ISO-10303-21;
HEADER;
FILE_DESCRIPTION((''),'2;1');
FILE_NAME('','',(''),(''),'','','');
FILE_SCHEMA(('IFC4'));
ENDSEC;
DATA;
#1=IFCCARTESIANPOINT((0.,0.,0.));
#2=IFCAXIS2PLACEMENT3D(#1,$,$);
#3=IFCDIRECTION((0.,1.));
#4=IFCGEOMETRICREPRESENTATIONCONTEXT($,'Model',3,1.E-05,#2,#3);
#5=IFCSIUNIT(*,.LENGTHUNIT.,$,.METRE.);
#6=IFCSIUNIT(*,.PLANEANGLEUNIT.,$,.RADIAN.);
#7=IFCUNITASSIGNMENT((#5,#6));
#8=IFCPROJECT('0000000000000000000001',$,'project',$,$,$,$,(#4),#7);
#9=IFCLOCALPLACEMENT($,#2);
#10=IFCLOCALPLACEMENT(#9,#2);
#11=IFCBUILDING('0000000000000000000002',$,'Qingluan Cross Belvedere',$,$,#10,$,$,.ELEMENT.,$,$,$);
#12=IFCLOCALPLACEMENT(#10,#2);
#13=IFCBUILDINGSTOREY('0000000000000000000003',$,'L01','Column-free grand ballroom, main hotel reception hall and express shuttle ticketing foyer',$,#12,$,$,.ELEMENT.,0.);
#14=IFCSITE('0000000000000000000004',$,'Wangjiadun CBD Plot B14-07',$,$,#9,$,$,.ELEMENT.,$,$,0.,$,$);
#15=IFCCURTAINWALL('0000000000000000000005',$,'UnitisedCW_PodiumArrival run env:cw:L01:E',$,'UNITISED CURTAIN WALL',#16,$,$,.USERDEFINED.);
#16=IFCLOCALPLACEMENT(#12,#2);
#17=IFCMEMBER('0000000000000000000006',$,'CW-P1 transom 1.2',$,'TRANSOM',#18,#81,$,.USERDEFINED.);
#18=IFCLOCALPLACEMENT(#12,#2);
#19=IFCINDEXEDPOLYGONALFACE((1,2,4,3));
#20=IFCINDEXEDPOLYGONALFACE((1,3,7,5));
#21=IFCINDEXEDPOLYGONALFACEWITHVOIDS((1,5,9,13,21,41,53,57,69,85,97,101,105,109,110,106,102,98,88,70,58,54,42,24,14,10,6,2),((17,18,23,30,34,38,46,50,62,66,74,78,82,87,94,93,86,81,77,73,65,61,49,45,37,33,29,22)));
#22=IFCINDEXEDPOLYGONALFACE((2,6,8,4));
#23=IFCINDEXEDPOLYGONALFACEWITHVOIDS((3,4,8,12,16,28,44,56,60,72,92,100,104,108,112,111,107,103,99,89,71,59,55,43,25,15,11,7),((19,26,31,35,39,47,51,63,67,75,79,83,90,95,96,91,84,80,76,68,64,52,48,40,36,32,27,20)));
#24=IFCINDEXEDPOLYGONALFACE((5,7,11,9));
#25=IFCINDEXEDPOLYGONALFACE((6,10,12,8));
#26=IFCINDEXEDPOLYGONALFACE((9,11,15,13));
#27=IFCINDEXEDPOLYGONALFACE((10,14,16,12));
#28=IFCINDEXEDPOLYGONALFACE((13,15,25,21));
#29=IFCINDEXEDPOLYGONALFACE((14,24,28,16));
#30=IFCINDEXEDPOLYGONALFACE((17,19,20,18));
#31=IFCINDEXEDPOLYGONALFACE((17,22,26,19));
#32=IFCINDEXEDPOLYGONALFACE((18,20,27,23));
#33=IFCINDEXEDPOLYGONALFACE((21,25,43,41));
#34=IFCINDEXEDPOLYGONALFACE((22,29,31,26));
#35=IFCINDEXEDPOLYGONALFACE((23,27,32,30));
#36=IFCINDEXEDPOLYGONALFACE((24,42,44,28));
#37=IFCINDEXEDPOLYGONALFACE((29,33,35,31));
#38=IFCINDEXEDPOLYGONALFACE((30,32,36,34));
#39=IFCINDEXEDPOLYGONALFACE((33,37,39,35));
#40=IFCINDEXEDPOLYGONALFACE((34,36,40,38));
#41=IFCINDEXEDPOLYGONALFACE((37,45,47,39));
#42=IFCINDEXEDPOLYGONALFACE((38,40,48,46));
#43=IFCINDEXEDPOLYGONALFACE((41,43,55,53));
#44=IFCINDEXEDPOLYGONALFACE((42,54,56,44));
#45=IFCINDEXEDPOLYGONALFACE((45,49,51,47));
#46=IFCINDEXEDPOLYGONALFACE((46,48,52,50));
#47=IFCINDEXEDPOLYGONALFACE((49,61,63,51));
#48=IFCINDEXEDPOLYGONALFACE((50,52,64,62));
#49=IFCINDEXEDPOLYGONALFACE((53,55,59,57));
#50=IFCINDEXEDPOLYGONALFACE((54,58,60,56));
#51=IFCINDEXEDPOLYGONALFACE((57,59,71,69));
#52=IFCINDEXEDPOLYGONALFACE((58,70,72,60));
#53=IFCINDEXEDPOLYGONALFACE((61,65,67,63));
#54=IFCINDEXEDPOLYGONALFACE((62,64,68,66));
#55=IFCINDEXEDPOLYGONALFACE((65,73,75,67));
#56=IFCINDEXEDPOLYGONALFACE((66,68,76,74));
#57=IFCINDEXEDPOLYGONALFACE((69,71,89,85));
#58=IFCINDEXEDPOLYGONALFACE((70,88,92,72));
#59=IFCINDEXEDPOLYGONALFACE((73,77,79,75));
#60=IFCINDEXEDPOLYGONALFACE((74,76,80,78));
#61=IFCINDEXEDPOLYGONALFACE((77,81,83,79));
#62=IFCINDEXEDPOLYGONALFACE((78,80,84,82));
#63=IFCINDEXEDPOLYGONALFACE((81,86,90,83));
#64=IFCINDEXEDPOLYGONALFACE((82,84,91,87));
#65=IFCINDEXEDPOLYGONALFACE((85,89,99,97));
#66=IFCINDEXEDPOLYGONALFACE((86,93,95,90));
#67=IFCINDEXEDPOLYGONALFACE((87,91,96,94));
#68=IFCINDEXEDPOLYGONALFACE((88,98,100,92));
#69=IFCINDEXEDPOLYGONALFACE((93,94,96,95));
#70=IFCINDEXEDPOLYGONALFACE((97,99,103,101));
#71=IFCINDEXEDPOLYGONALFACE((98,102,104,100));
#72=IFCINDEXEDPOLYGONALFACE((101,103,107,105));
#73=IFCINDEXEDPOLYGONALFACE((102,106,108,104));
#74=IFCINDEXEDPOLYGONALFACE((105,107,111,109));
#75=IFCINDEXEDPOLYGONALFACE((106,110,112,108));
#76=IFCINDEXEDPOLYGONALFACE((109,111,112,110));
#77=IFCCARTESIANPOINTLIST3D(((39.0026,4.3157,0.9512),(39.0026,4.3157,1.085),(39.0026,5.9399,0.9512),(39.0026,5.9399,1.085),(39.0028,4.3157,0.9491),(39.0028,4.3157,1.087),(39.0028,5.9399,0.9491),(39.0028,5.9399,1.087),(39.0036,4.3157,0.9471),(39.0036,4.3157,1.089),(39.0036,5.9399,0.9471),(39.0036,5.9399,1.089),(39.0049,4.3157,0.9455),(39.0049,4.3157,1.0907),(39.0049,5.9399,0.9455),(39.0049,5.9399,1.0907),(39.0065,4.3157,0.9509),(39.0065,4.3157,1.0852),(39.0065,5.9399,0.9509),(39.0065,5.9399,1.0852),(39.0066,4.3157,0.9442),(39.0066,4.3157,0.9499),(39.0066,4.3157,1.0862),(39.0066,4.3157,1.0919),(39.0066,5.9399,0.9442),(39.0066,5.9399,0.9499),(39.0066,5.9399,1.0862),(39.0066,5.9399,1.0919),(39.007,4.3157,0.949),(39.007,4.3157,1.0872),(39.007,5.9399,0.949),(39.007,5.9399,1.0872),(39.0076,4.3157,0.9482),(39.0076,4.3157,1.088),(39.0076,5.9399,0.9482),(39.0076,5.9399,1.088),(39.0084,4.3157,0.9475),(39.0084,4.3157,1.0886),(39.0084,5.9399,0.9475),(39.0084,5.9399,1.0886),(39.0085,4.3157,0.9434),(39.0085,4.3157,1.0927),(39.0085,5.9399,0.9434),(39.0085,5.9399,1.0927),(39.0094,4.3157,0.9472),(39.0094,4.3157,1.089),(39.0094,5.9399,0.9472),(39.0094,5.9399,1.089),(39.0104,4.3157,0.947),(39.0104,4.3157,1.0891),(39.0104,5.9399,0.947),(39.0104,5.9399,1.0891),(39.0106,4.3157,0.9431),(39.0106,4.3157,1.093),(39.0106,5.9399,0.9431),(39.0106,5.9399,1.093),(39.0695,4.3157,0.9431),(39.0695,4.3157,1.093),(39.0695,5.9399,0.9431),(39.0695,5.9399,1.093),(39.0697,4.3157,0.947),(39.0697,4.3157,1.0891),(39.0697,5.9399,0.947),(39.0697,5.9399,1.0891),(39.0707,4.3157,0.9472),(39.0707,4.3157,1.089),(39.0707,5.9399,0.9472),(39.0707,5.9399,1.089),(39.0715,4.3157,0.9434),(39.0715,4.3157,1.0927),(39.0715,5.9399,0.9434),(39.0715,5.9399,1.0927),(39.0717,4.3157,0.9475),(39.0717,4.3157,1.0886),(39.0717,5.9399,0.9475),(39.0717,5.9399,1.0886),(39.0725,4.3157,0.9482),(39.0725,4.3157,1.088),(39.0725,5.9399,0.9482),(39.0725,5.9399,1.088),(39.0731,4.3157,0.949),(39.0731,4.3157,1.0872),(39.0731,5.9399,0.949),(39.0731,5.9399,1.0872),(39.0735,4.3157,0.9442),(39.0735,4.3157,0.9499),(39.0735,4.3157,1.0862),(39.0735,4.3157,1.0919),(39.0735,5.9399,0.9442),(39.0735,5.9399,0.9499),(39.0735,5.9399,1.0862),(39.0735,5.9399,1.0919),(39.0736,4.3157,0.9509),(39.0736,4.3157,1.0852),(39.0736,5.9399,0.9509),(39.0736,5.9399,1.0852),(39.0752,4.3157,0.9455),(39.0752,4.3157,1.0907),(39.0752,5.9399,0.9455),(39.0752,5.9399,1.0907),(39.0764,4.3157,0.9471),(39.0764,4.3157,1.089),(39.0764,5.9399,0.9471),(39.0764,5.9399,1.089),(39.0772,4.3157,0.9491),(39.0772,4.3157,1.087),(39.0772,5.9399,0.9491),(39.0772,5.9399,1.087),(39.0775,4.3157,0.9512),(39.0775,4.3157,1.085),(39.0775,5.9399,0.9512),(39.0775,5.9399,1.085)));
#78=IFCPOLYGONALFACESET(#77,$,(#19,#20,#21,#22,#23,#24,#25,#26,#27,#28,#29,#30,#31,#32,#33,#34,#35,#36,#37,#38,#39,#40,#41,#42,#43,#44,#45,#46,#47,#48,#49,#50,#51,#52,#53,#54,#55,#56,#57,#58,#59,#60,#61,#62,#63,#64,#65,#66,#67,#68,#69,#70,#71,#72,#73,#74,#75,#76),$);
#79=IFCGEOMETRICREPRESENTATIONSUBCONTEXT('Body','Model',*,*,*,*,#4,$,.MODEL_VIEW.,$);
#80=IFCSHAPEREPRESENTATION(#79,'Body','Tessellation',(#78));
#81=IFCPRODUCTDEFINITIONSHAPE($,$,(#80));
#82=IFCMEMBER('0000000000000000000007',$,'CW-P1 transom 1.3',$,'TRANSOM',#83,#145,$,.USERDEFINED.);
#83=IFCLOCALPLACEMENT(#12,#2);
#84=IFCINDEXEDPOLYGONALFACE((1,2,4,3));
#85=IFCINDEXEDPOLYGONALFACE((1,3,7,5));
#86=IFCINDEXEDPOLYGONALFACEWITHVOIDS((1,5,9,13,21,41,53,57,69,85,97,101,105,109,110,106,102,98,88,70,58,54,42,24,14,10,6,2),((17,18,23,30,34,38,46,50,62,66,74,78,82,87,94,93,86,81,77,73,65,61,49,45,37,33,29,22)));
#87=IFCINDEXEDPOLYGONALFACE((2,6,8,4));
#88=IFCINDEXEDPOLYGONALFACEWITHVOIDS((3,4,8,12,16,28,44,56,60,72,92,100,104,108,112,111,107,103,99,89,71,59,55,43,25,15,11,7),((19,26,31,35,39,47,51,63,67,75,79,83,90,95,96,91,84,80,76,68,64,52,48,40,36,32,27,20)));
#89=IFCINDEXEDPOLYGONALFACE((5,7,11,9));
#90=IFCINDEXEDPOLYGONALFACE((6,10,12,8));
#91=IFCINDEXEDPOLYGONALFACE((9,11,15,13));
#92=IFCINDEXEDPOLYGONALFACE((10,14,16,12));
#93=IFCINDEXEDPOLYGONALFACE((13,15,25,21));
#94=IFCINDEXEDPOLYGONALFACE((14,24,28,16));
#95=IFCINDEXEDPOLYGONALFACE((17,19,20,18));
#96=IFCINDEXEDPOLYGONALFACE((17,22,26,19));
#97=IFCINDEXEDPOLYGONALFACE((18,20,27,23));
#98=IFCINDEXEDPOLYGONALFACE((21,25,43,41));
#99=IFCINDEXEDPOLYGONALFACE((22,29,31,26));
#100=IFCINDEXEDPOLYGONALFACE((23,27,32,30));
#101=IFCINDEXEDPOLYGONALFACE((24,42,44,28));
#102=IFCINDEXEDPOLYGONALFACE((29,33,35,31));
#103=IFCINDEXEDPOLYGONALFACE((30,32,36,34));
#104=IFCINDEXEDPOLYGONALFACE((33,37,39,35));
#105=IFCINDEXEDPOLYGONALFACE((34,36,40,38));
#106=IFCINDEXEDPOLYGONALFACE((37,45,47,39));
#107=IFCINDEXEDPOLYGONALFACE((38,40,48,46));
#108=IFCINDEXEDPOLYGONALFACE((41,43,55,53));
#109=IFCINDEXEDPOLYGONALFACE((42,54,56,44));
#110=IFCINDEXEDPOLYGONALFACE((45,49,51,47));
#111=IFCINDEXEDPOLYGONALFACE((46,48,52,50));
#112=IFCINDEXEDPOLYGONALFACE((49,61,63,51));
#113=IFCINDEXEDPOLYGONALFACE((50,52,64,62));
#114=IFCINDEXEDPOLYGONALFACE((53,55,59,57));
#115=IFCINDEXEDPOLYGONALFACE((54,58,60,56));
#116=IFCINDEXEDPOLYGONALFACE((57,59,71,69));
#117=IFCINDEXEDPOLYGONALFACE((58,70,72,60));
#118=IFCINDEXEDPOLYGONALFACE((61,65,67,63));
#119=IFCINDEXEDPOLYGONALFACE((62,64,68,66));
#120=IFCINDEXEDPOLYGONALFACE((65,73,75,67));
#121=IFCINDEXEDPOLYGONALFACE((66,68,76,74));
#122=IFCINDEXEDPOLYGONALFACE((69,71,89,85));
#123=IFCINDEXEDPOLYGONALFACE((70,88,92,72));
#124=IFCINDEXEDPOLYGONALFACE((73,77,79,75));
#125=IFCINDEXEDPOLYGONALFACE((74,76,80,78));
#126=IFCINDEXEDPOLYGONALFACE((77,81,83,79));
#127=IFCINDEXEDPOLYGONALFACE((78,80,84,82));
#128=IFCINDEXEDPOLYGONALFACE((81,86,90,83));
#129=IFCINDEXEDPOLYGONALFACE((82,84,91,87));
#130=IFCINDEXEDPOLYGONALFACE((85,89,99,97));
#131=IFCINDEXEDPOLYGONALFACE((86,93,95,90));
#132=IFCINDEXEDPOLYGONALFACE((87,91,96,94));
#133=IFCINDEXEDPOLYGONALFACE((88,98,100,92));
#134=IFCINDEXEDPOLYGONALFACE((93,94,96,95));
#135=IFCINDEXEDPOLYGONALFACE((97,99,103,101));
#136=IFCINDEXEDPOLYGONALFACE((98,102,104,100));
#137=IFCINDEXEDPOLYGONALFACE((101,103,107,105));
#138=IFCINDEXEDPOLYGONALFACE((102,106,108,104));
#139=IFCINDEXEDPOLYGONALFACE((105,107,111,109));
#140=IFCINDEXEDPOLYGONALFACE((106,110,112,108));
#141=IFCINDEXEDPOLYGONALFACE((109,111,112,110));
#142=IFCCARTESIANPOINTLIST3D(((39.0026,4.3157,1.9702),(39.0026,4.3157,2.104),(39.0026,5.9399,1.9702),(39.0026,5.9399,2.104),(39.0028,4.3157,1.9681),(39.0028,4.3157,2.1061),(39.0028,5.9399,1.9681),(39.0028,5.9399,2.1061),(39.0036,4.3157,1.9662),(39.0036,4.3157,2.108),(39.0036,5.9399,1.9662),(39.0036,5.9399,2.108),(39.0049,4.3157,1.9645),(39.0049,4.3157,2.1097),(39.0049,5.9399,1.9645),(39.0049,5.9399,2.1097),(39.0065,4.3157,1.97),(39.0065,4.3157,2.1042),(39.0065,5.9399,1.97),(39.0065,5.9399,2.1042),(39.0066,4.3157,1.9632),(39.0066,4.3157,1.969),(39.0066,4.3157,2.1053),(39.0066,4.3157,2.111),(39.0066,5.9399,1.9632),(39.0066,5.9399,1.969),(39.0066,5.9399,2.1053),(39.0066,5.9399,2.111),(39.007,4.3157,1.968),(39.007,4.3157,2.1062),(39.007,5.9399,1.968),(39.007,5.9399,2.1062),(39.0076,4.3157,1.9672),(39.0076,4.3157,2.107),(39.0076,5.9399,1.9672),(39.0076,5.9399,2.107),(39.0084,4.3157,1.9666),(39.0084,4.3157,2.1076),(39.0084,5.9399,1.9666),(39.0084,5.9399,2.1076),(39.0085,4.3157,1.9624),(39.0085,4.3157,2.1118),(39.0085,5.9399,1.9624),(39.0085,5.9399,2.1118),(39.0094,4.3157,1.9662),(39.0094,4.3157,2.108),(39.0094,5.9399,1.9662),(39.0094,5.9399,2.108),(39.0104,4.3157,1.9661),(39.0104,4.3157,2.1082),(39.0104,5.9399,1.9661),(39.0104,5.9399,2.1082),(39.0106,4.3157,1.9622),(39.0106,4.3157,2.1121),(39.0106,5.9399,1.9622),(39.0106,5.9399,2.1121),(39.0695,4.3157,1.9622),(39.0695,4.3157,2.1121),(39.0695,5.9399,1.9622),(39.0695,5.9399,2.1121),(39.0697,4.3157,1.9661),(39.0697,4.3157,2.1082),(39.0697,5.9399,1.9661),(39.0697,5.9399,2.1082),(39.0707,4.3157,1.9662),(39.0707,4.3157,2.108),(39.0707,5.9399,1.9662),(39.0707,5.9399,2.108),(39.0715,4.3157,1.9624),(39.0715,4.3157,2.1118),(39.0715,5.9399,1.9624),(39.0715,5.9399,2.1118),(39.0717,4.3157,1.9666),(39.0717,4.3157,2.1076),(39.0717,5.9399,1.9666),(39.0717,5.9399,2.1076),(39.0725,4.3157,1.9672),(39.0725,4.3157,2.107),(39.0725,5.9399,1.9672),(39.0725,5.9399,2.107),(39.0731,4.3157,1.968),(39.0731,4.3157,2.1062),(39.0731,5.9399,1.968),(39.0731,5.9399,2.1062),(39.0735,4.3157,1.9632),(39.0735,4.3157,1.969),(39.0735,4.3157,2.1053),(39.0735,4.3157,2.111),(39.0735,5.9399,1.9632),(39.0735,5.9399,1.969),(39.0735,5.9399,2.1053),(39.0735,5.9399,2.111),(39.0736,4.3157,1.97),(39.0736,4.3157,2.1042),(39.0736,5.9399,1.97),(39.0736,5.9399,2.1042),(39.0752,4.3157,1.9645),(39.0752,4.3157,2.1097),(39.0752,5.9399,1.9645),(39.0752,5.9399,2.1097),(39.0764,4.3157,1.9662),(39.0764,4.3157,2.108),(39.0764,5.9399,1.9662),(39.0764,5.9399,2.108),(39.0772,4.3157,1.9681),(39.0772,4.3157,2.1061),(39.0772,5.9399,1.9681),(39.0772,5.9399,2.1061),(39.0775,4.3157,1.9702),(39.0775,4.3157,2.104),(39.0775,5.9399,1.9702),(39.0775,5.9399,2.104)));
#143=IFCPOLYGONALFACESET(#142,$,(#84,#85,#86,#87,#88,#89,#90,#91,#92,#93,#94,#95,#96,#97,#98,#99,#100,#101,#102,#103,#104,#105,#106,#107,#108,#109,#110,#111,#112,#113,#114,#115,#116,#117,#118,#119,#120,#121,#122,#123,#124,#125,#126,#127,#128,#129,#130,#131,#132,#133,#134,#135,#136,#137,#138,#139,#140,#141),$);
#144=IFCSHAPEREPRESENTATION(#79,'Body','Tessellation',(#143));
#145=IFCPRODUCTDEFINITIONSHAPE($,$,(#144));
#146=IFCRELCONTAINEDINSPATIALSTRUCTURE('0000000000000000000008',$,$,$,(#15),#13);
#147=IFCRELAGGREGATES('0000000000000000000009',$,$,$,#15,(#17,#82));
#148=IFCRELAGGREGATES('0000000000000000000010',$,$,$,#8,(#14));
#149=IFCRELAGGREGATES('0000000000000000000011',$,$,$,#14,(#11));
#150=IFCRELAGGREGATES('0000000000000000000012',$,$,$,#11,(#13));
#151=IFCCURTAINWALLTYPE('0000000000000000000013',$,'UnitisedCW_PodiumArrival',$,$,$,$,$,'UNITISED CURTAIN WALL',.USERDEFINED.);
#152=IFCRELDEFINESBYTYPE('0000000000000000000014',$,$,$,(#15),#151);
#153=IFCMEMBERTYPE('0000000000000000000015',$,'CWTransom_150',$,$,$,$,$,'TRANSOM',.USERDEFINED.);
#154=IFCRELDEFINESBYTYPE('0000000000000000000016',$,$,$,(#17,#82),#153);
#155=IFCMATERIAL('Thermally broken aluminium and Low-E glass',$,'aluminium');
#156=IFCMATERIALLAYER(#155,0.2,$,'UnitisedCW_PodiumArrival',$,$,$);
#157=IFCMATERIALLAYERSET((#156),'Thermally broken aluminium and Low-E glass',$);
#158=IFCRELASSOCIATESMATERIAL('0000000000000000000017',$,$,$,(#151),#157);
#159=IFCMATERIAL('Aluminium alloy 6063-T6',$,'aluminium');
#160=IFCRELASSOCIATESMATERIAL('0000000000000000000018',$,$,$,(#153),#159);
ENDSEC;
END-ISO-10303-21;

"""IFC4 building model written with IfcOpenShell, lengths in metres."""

from ifc_helpers import new_model, si_unit, direction, frame, origin, origin_2d, place, context, subcontext, project, spatial, hollow_rectangle, extrude, material, layer, layer_set, material_profile, profile_set, type_object, element, aggregate, save


model = new_model("IFC4")

# Units and contexts
model_context = context("Model", 3, precision=1e-05, world=origin(), true_north=direction((0.0, 1.0)))
body_context = subcontext(model_context, "Body", "Model", "MODEL_VIEW")
ifc_project = project(units=[si_unit("LENGTHUNIT", "METRE"), si_unit("PLANEANGLEUNIT", "RADIAN")], contexts=[model_context])

# Site, building, storey
site_placement = place(None, origin())
site = spatial("IfcSite", under=ifc_project, at=site_placement, Name="Wangjiadun CBD Plot B14-07", CompositionType="ELEMENT", RefElevation=0.0)
building_placement = place(site_placement, origin())
building = spatial("IfcBuilding", under=site, at=building_placement, Name="Qingluan Cross Belvedere", CompositionType="ELEMENT")
storey_placement = place(building_placement, origin())
storey = spatial("IfcBuildingStorey", under=building, at=storey_placement, Name="L01", Description="Column-free grand ballroom, main hotel reception hall and express shuttle ticketing foyer", CompositionType="ELEMENT", Elevation=0.0)

# Curtain wall, members
ifc_material_1 = material(Name="Thermally broken aluminium and Low-E glass", Category="aluminium")
ifc_layer_1 = layer(ifc_material_1, 0.2, Name="UnitisedCW_PodiumArrival")
ifc_layer_set_1 = layer_set([ifc_layer_1], Name="Thermally broken aluminium and Low-E glass")
curtain_wall_type = type_object("IfcCurtainWallType", Name="UnitisedCW_PodiumArrival", ElementType="UNITISED CURTAIN WALL", PredefinedType="USERDEFINED", material=ifc_layer_set_1)
curtain_wall_placement = place(storey_placement, origin())
curtain_wall = element("IfcCurtainWall", 1, at=curtain_wall_placement, inside=storey, type_object=curtain_wall_type, Name="UnitisedCW_PodiumArrival run env:cw:L01:E", ObjectType="UNITISED CURTAIN WALL", PredefinedType="USERDEFINED")
ifc_material_2 = material(Name="Aluminium alloy 6063-T6", Category="aluminium")
ifc_material_profile_1 = material_profile(ifc_material_2, hollow_rectangle(XDim=0.075, YDim=0.1499, WallThickness=0.0039, InnerFilletRadius=0.0039, OuterFilletRadius=0.0081, at=origin_2d()), Name="CWT150x75x4")
ifc_profile_set_1 = profile_set([ifc_material_profile_1], Name="Aluminium alloy 6063-T6")
member_type_1 = type_object("IfcMemberType", Name="CWTransom_150", ElementType="TRANSOM", PredefinedType="USERDEFINED", material=ifc_profile_set_1)
member_1_placement = place(storey_placement, frame((39.04, 5.9399, 1.0181), z_axis=(0.0, -1.0, 0.0), x_axis=(1.0, 0.0, 0.0)))
member_1 = element("IfcMember", 2, at=member_1_placement, type_object=member_type_1, Name="CW-P1 transom 1.2", ObjectType="TRANSOM", PredefinedType="USERDEFINED", context=body_context, shape_type="SweptSolid", body=[
    extrude(hollow_rectangle(XDim=0.075, YDim=0.1499, WallThickness=0.0039, InnerFilletRadius=0.0039, OuterFilletRadius=0.0081, at=origin_2d()), origin(), (0.0, 0.0, 1.0), 1.6243),
])
member_2_placement = place(storey_placement, frame((39.04, 5.9399, 2.0371), z_axis=(0.0, -1.0, 0.0), x_axis=(1.0, 0.0, 0.0)))
member_2 = element("IfcMember", 3, at=member_2_placement, type_object=member_type_1, Name="CW-P1 transom 1.3", ObjectType="TRANSOM", PredefinedType="USERDEFINED", context=body_context, shape_type="SweptSolid", body=[
    extrude(hollow_rectangle(XDim=0.075, YDim=0.1499, WallThickness=0.0039, InnerFilletRadius=0.0039, OuterFilletRadius=0.0081, at=origin_2d()), origin(), (0.0, 0.0, 1.0), 1.6243),
])
aggregate(curtain_wall, [member_1, member_2])

save(model, "model.ifc")
